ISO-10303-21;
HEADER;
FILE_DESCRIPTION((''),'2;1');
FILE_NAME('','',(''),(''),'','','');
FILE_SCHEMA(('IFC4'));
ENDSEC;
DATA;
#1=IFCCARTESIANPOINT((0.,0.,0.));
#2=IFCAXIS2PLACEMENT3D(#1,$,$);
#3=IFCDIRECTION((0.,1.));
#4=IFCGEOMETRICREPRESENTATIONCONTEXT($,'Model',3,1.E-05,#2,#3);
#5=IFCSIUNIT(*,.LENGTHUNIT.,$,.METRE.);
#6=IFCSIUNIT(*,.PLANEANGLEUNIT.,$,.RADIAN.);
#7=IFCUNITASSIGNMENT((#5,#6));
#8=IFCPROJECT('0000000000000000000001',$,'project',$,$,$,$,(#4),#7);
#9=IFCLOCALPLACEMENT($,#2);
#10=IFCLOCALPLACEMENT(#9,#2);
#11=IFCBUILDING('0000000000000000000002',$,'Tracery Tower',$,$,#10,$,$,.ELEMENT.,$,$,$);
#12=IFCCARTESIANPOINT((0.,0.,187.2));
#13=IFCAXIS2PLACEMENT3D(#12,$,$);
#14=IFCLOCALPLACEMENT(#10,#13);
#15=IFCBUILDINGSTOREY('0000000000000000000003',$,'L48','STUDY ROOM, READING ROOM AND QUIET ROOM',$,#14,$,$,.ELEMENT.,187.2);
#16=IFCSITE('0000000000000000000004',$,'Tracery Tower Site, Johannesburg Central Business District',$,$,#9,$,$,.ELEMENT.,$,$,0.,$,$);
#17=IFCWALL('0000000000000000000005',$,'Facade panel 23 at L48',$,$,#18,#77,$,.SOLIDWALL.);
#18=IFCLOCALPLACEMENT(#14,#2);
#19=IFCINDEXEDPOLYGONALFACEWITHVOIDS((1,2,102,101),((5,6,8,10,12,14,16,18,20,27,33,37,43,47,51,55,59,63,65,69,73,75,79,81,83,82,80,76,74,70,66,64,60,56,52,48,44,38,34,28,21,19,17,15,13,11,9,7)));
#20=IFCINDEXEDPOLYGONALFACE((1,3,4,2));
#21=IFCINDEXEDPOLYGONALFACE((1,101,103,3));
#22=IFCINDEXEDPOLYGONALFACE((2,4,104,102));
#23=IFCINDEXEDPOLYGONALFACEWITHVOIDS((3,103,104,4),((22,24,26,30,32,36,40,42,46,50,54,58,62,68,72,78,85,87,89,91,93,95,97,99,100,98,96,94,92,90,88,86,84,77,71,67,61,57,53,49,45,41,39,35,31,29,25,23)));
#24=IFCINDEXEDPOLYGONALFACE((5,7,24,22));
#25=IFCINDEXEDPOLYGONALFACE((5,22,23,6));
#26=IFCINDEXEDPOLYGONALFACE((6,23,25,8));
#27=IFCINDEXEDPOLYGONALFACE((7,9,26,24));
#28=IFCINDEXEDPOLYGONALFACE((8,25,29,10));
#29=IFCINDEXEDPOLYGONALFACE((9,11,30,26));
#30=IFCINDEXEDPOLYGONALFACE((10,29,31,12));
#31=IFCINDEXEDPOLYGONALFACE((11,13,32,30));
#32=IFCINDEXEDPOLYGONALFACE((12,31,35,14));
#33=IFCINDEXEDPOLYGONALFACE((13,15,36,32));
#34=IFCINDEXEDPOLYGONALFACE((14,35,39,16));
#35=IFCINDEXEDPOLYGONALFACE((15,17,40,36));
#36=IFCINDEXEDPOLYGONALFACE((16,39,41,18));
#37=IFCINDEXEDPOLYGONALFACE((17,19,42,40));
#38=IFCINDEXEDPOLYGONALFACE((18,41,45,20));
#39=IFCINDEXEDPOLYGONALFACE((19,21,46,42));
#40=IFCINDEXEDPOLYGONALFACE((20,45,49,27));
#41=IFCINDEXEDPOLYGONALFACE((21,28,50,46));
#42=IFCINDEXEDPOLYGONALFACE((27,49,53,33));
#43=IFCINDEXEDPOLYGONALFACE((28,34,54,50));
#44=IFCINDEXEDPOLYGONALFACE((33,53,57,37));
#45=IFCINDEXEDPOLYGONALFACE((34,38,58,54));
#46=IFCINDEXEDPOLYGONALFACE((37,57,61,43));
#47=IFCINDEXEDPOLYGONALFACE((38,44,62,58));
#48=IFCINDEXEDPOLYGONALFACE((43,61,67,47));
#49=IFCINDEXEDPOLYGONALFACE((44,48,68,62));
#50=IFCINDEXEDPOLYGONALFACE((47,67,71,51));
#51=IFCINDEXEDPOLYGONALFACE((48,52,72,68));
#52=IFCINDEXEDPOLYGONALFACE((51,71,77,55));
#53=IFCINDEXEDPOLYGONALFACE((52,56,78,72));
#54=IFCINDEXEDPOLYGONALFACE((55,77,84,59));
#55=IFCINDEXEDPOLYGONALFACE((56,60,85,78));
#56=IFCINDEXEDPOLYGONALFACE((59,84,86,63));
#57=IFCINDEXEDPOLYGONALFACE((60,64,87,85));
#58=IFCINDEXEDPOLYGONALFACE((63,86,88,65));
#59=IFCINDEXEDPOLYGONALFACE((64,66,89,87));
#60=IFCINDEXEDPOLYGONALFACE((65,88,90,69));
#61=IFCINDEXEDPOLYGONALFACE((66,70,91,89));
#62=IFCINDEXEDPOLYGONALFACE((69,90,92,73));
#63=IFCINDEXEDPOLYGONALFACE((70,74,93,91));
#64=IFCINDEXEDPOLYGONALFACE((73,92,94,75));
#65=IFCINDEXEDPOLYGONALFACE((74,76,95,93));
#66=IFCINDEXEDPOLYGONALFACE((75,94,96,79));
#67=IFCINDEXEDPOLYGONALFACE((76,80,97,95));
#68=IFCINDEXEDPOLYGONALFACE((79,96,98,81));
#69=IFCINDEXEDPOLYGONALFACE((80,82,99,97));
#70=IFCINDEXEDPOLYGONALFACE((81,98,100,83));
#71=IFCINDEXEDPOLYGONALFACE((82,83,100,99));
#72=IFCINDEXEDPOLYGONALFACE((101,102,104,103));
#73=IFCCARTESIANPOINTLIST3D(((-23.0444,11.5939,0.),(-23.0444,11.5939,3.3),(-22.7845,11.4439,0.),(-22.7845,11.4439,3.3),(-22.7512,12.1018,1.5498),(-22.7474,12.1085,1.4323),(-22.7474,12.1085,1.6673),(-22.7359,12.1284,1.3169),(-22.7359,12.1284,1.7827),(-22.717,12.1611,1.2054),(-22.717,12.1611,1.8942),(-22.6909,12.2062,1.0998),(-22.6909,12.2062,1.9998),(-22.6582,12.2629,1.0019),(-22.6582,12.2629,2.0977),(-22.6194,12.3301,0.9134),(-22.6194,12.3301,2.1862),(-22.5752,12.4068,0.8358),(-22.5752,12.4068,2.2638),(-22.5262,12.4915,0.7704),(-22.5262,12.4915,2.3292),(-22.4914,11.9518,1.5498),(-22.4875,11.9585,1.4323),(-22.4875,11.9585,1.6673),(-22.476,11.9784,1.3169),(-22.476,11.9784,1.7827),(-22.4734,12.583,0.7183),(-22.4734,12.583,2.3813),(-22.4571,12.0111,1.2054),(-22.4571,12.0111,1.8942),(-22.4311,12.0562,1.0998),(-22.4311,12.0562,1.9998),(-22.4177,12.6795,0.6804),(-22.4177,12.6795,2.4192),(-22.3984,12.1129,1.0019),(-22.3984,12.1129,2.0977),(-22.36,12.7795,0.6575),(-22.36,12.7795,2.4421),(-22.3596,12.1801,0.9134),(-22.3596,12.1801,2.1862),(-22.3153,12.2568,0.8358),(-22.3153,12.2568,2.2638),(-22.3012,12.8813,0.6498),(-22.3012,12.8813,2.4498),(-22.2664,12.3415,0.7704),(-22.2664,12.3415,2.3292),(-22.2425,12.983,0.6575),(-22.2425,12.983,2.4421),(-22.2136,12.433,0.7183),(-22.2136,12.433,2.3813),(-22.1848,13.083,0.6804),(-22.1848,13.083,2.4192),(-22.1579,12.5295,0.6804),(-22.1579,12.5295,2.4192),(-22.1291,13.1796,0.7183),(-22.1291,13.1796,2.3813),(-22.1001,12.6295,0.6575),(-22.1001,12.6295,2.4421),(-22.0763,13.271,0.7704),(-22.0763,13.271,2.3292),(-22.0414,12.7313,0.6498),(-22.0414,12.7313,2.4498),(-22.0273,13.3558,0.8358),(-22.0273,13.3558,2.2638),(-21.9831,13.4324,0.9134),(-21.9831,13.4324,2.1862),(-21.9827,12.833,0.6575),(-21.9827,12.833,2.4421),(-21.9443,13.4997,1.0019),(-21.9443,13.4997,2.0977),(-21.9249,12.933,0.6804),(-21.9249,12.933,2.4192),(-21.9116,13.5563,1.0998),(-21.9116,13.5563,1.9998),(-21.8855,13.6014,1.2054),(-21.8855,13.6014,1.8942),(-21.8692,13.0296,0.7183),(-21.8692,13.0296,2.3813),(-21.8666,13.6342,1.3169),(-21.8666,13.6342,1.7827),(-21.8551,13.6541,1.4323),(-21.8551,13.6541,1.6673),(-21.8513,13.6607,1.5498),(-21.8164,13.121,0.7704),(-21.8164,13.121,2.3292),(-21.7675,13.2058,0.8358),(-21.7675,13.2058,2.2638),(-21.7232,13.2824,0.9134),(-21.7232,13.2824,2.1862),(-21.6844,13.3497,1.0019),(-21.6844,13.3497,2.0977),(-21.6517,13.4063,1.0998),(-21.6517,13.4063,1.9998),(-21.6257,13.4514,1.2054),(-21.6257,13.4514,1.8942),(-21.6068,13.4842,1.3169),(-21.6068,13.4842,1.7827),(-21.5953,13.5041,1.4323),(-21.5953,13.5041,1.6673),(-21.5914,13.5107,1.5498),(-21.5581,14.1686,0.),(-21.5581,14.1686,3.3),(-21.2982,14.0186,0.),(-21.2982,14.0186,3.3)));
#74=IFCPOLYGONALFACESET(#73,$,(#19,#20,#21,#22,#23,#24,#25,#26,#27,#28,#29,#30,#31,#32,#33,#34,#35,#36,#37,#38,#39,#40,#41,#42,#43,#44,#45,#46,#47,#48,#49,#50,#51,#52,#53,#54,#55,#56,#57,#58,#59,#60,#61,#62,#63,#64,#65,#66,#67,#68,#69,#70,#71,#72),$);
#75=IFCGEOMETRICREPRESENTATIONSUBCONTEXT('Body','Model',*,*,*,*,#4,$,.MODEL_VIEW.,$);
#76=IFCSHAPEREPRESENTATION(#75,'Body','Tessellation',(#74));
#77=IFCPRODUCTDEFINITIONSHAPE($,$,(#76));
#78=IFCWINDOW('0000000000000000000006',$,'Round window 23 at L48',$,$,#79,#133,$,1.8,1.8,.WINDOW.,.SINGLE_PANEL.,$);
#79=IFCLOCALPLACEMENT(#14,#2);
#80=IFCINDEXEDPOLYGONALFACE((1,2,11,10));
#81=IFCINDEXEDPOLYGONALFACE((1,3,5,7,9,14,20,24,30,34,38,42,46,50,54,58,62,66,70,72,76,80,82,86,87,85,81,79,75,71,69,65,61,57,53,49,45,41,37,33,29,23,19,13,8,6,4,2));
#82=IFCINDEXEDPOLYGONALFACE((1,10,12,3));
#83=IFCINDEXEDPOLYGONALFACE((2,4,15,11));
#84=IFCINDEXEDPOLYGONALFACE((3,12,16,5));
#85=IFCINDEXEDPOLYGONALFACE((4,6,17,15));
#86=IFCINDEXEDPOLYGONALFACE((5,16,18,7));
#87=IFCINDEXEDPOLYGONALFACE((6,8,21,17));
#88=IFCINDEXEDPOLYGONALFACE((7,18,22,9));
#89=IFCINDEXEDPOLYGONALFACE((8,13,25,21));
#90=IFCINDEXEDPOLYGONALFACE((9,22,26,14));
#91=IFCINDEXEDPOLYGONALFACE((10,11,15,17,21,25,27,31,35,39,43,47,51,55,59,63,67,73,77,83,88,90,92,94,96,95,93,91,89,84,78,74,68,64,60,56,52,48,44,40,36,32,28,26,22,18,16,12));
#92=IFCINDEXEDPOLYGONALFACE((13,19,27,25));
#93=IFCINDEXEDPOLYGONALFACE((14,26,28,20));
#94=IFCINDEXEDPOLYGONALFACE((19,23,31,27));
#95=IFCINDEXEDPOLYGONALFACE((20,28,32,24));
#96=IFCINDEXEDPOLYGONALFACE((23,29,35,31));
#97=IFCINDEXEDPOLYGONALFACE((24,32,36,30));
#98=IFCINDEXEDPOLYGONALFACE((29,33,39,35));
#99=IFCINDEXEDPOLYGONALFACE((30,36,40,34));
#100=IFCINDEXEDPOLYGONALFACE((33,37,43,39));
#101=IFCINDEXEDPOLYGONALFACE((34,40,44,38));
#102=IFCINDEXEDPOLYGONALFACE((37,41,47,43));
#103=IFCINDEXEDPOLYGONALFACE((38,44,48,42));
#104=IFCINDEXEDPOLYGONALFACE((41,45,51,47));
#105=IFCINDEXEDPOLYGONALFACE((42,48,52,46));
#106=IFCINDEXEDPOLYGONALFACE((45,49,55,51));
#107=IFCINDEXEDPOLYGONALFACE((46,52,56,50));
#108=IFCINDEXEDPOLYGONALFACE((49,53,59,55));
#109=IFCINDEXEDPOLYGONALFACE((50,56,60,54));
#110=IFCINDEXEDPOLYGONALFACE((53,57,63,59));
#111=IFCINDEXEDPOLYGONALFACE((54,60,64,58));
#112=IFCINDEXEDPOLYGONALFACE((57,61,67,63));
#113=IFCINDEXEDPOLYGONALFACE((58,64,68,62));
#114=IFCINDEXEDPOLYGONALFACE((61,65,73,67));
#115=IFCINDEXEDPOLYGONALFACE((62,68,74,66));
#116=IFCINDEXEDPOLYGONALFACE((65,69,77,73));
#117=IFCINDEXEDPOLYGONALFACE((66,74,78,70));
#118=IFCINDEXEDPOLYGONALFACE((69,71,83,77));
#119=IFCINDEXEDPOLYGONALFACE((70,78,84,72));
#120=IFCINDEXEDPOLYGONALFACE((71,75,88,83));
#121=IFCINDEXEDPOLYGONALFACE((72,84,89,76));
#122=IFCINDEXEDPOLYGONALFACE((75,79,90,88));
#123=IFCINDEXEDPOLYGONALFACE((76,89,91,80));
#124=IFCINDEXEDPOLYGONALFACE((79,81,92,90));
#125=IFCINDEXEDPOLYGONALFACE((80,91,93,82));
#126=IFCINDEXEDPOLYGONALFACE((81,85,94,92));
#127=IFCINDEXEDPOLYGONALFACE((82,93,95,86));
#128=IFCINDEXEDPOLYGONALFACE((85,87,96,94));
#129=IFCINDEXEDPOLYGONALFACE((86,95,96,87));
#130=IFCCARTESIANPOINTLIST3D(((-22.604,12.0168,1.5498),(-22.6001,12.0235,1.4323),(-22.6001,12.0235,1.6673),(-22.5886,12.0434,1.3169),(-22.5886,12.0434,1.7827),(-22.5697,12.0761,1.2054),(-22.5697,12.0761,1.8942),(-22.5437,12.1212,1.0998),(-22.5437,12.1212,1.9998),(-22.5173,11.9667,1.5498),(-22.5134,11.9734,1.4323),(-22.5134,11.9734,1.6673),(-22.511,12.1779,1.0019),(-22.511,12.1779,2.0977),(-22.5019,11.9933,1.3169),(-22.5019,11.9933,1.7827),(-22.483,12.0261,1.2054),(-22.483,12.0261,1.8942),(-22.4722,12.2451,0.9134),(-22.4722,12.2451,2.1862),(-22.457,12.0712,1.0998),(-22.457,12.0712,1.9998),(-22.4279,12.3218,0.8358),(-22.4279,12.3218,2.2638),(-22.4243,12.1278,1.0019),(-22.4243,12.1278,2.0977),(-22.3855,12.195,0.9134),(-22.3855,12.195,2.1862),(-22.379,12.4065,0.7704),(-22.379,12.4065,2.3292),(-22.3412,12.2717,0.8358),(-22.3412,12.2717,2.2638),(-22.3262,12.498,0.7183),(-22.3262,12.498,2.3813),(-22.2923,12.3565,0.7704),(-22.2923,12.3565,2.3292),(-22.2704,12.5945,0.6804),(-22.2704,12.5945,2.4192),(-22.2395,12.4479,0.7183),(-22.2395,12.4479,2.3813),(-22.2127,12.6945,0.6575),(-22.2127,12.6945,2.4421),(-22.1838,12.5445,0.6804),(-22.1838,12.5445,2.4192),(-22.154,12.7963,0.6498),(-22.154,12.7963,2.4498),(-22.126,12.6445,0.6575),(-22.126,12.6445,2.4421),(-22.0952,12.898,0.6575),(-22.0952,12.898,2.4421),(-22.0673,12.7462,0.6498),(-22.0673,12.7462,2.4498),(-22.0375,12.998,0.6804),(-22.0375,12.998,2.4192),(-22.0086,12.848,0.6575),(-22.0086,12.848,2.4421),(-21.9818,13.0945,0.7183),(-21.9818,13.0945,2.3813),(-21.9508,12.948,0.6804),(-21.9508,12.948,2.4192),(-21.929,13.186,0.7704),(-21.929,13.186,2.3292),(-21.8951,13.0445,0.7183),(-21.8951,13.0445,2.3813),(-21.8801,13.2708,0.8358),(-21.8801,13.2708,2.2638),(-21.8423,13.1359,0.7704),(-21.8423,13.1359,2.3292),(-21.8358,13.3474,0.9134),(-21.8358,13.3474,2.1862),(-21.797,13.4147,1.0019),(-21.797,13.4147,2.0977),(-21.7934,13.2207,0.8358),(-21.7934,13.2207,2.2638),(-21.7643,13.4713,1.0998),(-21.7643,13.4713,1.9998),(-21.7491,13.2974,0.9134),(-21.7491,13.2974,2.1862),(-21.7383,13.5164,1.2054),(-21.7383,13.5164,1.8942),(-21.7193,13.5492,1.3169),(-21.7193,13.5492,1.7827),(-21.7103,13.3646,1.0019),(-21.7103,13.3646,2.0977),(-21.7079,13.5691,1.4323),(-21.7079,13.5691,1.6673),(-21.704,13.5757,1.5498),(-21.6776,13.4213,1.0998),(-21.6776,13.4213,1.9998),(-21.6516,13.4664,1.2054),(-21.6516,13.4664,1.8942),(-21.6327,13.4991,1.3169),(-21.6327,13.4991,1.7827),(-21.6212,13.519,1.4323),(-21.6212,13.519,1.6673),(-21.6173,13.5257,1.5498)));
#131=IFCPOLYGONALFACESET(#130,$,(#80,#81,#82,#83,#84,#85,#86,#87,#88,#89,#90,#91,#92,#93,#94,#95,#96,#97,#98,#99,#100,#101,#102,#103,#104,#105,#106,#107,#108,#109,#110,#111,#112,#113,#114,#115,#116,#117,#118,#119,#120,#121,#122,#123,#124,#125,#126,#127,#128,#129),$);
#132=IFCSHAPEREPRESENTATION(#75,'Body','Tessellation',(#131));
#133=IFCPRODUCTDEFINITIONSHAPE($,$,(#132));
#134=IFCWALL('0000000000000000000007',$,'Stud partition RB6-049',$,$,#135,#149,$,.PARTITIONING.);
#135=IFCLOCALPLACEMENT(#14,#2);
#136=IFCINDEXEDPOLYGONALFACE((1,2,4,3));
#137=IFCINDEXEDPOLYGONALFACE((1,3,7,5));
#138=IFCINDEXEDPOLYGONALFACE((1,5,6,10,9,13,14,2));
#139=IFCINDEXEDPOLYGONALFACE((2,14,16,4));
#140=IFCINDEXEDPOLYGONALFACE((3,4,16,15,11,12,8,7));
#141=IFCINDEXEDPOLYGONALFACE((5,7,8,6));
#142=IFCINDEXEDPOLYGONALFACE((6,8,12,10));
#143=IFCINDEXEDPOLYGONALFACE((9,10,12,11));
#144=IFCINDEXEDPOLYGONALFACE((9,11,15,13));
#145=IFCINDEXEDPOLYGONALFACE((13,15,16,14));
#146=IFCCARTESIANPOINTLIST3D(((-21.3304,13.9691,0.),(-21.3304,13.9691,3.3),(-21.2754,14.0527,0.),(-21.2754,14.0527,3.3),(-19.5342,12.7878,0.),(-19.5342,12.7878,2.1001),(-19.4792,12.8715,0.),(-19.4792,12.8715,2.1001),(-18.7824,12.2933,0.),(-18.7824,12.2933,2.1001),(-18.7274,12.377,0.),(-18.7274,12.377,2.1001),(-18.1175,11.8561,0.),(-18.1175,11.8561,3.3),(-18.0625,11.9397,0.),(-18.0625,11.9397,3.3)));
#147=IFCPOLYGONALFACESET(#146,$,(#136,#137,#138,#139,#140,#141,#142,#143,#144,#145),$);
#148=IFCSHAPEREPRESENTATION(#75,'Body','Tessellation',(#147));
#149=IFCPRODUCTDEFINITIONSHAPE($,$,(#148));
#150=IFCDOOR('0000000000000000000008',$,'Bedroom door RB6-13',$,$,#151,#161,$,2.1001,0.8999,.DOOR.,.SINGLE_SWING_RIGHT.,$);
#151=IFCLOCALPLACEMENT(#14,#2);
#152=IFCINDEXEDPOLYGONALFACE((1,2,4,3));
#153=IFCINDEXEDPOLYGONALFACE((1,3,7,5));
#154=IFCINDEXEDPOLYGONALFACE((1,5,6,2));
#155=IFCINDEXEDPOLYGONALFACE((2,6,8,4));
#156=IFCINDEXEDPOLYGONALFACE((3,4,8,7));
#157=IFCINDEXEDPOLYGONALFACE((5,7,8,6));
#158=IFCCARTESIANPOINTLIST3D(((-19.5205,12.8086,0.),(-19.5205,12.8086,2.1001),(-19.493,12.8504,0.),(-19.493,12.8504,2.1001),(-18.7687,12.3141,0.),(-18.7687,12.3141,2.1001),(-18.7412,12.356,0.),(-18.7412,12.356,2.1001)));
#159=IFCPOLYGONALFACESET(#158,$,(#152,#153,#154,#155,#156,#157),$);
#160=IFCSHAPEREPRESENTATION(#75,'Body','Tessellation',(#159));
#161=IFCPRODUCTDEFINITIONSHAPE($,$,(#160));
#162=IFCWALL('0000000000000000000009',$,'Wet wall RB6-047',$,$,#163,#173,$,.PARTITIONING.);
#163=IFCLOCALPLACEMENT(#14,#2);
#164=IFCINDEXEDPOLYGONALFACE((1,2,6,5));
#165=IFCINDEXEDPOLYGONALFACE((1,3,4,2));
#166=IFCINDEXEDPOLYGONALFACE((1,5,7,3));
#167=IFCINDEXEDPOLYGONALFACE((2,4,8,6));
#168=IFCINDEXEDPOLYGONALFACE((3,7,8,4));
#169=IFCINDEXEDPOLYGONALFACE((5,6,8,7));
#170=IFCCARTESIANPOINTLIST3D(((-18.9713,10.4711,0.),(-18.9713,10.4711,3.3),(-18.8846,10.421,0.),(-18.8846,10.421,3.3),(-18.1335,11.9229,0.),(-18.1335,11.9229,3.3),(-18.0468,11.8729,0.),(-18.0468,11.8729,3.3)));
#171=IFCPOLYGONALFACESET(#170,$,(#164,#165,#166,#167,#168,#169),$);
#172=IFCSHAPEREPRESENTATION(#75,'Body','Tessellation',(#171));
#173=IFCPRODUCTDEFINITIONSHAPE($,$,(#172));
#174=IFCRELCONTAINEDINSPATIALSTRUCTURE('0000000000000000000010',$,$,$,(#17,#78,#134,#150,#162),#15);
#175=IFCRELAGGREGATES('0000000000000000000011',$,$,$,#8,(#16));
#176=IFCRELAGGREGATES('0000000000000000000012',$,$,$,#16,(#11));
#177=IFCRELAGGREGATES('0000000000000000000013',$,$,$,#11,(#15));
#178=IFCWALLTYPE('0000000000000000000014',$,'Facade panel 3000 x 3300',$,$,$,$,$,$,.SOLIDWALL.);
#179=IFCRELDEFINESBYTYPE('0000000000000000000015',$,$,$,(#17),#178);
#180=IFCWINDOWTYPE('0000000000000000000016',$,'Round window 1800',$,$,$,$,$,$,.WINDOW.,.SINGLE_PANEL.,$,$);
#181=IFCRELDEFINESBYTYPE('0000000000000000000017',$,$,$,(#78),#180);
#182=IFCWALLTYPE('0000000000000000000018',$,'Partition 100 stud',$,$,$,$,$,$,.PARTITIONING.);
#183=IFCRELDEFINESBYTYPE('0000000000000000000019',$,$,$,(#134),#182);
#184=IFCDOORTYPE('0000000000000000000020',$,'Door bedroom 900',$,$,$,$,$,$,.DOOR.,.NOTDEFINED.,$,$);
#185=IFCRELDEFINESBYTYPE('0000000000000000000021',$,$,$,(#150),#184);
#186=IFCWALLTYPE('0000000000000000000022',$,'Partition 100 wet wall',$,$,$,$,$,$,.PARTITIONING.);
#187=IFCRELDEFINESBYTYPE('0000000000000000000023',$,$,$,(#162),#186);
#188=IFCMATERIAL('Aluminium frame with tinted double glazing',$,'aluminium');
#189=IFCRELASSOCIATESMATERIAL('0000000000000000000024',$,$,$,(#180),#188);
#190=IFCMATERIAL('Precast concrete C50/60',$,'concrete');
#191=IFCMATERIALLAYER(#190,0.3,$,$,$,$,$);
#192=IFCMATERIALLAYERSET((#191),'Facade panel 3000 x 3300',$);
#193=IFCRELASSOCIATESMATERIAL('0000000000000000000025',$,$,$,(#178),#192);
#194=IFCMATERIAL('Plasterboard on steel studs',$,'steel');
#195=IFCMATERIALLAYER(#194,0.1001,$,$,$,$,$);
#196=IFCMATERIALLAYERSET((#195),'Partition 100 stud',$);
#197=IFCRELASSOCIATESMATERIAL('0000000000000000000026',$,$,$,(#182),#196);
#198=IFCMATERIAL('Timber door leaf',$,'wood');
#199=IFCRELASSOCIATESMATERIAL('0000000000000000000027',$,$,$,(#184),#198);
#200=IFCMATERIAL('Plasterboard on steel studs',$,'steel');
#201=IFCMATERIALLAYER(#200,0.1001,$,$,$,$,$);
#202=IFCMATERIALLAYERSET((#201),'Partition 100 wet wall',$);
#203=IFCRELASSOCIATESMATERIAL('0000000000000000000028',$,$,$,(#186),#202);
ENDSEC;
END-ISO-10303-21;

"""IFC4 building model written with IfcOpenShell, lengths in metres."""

from ifc_helpers import new_model, si_unit, direction, frame, frame_2d, origin, origin_2d, place, context, subcontext, project, spatial, rectangle, circle, extrude, material, layer, layer_set, type_object, element, fill, save


model = new_model("IFC4")

# Units and contexts
model_context = context("Model", 3, precision=1e-05, world=origin(), true_north=direction((0.0, 1.0)))
body_context = subcontext(model_context, "Body", "Model", "MODEL_VIEW")
ifc_project = project(units=[si_unit("LENGTHUNIT", "METRE"), si_unit("PLANEANGLEUNIT", "RADIAN")], contexts=[model_context])

# Site, building, storey
site_placement = place(None, origin())
site = spatial("IfcSite", under=ifc_project, at=site_placement, Name="Tracery Tower Site, Johannesburg Central Business District", CompositionType="ELEMENT", RefElevation=0.0)
building_placement = place(site_placement, origin())
building = spatial("IfcBuilding", under=site, at=building_placement, Name="Tracery Tower", CompositionType="ELEMENT")
storey_placement = place(building_placement, frame((0.0, 0.0, 187.2)))
storey = spatial("IfcBuildingStorey", under=building, at=storey_placement, Name="L48", Description="STUDY ROOM, READING ROOM AND QUIET ROOM", CompositionType="ELEMENT", Elevation=187.2)

# Wall, opening, window
ifc_material_1 = material(Name="Aluminium frame with tinted double glazing", Category="aluminium")
window_type = type_object("IfcWindowType", Name="Round window 1800", PartitioningType="SINGLE_PANEL", PredefinedType="WINDOW", material=ifc_material_1)
ifc_material_2 = material(Name="Precast concrete C50/60", Category="concrete")
ifc_layer_1 = layer(ifc_material_2, 0.3)
ifc_layer_set_1 = layer_set([ifc_layer_1], Name="Facade panel 3000 x 3300")
wall_type_1 = type_object("IfcWallType", Name="Facade panel 3000 x 3300", PredefinedType="SOLIDWALL", material=ifc_layer_set_1)
wall_1_placement = place(storey_placement, frame((-21.4282, 14.0935, 0.0), z_axis=(0.0, 0.0, 1.0), x_axis=(-0.499955, -0.866052, 0.0)))
wall_1 = element("IfcWall", 1, at=wall_1_placement, inside=storey, type_object=wall_type_1, Name="Facade panel 23 at L48", PredefinedType="SOLIDWALL", context=body_context, shape_type="SweptSolid", body=[
    extrude(rectangle(XDim=2.9729, YDim=0.3, at=frame_2d((1.4863, 0.0))), origin(), (0.0, 0.0, 1.0), 3.3),
])
opening_1_placement = place(wall_1_placement, frame((1.4863, 0.0, 1.5498)))
opening_1 = element("IfcOpeningElement", 2, at=opening_1_placement, cuts=wall_1, PredefinedType="OPENING", context=body_context, shape_type="SweptSolid", body=[
    extrude(circle(Radius=0.9, at=origin_2d()), frame((0.0, 0.1599, 0.0), z_axis=(0.0, -1.0, 0.0), x_axis=(1.0, 0.0, 0.0)), (0.0, 0.0, 1.0), 0.3201),
])
window_1_placement = place(opening_1_placement, origin())
window_1 = element("IfcWindow", 3, at=window_1_placement, inside=storey, type_object=window_type, Name="Round window 23 at L48", OverallHeight=1.8, OverallWidth=1.8, PartitioningType="SINGLE_PANEL", PredefinedType="WINDOW", context=body_context, shape_type="SweptSolid", body=[
    extrude(circle(Radius=0.9, at=origin_2d()), frame((0.0, 0.1201, 0.0), z_axis=(0.0, -1.0, 0.0), x_axis=(1.0, 0.0, 0.0)), (0.0, 0.0, 1.0), 0.1001),
])
fill(opening_1, window_1)

# Wall, opening, door
ifc_material_3 = material(Name="Plasterboard on steel studs", Category="steel")
ifc_layer_2 = layer(ifc_material_3, 0.1001)
ifc_layer_set_2 = layer_set([ifc_layer_2], Name="Partition 100 stud")
wall_type_2 = type_object("IfcWallType", Name="Partition 100 stud", PredefinedType="PARTITIONING", material=ifc_layer_set_2)
wall_2_placement = place(storey_placement, frame((-21.303, 14.011, 0.0), z_axis=(0.0, 0.0, 1.0), x_axis=(0.835501, -0.549488, 0.0)))
wall_2 = element("IfcWall", 4, at=wall_2_placement, inside=storey, type_object=wall_type_2, Name="Stud partition RB6-049", PredefinedType="PARTITIONING", context=body_context, shape_type="SweptSolid", body=[
    extrude(rectangle(XDim=3.8455, YDim=0.1001, at=frame_2d((1.9229, 0.0))), origin(), (0.0, 0.0, 1.0), 3.3),
])
opening_2_placement = place(wall_2_placement, frame((2.1499, 0.0, 0.0)))
opening_2 = element("IfcOpeningElement", 5, at=opening_2_placement, cuts=wall_2, PredefinedType="OPENING", context=body_context, shape_type="SweptSolid", body=[
    extrude(rectangle(XDim=0.8999, YDim=2.1001, at=frame_2d((0.45, 1.05))), frame((0.0, 0.05, 0.0), z_axis=(0.0, -1.0, 0.0), x_axis=(1.0, 0.0, 0.0)), (0.0, 0.0, 1.0), 0.1001),
])
ifc_material_4 = material(Name="Timber door leaf", Category="wood")
door_type_1 = type_object("IfcDoorType", Name="Door bedroom 900", OperationType="NOTDEFINED", PredefinedType="DOOR", material=ifc_material_4)
door_1_placement = place(opening_2_placement, origin())
door_1 = element("IfcDoor", 6, at=door_1_placement, inside=storey, type_object=door_type_1, Name="Bedroom door RB6-13", OperationType="SINGLE_SWING_RIGHT", OverallHeight=2.1001, OverallWidth=0.8999, PredefinedType="DOOR", context=body_context, shape_type="SweptSolid", body=[
    extrude(rectangle(XDim=0.8999, YDim=2.1001, at=frame_2d((0.45, 1.05))), frame((0.0, 0.0249, 0.0), z_axis=(0.0, -1.0, 0.0), x_axis=(1.0, 0.0, 0.0)), (0.0, 0.0, 1.0), 0.05),
])
fill(opening_2, door_1)

# Wall
ifc_material_5 = material(Name="Plasterboard on steel studs", Category="steel")
ifc_layer_3 = layer(ifc_material_5, 0.1001)
ifc_layer_set_3 = layer_set([ifc_layer_3], Name="Partition 100 wet wall")
wall_type_3 = type_object("IfcWallType", Name="Partition 100 wet wall", PredefinedType="PARTITIONING", material=ifc_layer_set_3)
wall_3_placement = place(storey_placement, frame((-18.928, 10.446, 0.0), z_axis=(0.0, 0.0, 1.0), x_axis=(0.499836, 0.86612, 0.0)))
element("IfcWall", 7, at=wall_3_placement, inside=storey, type_object=wall_type_3, Name="Wet wall RB6-047", PredefinedType="PARTITIONING", context=body_context, shape_type="SweptSolid", body=[
    extrude(rectangle(XDim=1.6763, YDim=0.1001, at=frame_2d((0.8381, 0.0))), origin(), (0.0, 0.0, 1.0), 3.3),
])

save(model, "model.ifc")
